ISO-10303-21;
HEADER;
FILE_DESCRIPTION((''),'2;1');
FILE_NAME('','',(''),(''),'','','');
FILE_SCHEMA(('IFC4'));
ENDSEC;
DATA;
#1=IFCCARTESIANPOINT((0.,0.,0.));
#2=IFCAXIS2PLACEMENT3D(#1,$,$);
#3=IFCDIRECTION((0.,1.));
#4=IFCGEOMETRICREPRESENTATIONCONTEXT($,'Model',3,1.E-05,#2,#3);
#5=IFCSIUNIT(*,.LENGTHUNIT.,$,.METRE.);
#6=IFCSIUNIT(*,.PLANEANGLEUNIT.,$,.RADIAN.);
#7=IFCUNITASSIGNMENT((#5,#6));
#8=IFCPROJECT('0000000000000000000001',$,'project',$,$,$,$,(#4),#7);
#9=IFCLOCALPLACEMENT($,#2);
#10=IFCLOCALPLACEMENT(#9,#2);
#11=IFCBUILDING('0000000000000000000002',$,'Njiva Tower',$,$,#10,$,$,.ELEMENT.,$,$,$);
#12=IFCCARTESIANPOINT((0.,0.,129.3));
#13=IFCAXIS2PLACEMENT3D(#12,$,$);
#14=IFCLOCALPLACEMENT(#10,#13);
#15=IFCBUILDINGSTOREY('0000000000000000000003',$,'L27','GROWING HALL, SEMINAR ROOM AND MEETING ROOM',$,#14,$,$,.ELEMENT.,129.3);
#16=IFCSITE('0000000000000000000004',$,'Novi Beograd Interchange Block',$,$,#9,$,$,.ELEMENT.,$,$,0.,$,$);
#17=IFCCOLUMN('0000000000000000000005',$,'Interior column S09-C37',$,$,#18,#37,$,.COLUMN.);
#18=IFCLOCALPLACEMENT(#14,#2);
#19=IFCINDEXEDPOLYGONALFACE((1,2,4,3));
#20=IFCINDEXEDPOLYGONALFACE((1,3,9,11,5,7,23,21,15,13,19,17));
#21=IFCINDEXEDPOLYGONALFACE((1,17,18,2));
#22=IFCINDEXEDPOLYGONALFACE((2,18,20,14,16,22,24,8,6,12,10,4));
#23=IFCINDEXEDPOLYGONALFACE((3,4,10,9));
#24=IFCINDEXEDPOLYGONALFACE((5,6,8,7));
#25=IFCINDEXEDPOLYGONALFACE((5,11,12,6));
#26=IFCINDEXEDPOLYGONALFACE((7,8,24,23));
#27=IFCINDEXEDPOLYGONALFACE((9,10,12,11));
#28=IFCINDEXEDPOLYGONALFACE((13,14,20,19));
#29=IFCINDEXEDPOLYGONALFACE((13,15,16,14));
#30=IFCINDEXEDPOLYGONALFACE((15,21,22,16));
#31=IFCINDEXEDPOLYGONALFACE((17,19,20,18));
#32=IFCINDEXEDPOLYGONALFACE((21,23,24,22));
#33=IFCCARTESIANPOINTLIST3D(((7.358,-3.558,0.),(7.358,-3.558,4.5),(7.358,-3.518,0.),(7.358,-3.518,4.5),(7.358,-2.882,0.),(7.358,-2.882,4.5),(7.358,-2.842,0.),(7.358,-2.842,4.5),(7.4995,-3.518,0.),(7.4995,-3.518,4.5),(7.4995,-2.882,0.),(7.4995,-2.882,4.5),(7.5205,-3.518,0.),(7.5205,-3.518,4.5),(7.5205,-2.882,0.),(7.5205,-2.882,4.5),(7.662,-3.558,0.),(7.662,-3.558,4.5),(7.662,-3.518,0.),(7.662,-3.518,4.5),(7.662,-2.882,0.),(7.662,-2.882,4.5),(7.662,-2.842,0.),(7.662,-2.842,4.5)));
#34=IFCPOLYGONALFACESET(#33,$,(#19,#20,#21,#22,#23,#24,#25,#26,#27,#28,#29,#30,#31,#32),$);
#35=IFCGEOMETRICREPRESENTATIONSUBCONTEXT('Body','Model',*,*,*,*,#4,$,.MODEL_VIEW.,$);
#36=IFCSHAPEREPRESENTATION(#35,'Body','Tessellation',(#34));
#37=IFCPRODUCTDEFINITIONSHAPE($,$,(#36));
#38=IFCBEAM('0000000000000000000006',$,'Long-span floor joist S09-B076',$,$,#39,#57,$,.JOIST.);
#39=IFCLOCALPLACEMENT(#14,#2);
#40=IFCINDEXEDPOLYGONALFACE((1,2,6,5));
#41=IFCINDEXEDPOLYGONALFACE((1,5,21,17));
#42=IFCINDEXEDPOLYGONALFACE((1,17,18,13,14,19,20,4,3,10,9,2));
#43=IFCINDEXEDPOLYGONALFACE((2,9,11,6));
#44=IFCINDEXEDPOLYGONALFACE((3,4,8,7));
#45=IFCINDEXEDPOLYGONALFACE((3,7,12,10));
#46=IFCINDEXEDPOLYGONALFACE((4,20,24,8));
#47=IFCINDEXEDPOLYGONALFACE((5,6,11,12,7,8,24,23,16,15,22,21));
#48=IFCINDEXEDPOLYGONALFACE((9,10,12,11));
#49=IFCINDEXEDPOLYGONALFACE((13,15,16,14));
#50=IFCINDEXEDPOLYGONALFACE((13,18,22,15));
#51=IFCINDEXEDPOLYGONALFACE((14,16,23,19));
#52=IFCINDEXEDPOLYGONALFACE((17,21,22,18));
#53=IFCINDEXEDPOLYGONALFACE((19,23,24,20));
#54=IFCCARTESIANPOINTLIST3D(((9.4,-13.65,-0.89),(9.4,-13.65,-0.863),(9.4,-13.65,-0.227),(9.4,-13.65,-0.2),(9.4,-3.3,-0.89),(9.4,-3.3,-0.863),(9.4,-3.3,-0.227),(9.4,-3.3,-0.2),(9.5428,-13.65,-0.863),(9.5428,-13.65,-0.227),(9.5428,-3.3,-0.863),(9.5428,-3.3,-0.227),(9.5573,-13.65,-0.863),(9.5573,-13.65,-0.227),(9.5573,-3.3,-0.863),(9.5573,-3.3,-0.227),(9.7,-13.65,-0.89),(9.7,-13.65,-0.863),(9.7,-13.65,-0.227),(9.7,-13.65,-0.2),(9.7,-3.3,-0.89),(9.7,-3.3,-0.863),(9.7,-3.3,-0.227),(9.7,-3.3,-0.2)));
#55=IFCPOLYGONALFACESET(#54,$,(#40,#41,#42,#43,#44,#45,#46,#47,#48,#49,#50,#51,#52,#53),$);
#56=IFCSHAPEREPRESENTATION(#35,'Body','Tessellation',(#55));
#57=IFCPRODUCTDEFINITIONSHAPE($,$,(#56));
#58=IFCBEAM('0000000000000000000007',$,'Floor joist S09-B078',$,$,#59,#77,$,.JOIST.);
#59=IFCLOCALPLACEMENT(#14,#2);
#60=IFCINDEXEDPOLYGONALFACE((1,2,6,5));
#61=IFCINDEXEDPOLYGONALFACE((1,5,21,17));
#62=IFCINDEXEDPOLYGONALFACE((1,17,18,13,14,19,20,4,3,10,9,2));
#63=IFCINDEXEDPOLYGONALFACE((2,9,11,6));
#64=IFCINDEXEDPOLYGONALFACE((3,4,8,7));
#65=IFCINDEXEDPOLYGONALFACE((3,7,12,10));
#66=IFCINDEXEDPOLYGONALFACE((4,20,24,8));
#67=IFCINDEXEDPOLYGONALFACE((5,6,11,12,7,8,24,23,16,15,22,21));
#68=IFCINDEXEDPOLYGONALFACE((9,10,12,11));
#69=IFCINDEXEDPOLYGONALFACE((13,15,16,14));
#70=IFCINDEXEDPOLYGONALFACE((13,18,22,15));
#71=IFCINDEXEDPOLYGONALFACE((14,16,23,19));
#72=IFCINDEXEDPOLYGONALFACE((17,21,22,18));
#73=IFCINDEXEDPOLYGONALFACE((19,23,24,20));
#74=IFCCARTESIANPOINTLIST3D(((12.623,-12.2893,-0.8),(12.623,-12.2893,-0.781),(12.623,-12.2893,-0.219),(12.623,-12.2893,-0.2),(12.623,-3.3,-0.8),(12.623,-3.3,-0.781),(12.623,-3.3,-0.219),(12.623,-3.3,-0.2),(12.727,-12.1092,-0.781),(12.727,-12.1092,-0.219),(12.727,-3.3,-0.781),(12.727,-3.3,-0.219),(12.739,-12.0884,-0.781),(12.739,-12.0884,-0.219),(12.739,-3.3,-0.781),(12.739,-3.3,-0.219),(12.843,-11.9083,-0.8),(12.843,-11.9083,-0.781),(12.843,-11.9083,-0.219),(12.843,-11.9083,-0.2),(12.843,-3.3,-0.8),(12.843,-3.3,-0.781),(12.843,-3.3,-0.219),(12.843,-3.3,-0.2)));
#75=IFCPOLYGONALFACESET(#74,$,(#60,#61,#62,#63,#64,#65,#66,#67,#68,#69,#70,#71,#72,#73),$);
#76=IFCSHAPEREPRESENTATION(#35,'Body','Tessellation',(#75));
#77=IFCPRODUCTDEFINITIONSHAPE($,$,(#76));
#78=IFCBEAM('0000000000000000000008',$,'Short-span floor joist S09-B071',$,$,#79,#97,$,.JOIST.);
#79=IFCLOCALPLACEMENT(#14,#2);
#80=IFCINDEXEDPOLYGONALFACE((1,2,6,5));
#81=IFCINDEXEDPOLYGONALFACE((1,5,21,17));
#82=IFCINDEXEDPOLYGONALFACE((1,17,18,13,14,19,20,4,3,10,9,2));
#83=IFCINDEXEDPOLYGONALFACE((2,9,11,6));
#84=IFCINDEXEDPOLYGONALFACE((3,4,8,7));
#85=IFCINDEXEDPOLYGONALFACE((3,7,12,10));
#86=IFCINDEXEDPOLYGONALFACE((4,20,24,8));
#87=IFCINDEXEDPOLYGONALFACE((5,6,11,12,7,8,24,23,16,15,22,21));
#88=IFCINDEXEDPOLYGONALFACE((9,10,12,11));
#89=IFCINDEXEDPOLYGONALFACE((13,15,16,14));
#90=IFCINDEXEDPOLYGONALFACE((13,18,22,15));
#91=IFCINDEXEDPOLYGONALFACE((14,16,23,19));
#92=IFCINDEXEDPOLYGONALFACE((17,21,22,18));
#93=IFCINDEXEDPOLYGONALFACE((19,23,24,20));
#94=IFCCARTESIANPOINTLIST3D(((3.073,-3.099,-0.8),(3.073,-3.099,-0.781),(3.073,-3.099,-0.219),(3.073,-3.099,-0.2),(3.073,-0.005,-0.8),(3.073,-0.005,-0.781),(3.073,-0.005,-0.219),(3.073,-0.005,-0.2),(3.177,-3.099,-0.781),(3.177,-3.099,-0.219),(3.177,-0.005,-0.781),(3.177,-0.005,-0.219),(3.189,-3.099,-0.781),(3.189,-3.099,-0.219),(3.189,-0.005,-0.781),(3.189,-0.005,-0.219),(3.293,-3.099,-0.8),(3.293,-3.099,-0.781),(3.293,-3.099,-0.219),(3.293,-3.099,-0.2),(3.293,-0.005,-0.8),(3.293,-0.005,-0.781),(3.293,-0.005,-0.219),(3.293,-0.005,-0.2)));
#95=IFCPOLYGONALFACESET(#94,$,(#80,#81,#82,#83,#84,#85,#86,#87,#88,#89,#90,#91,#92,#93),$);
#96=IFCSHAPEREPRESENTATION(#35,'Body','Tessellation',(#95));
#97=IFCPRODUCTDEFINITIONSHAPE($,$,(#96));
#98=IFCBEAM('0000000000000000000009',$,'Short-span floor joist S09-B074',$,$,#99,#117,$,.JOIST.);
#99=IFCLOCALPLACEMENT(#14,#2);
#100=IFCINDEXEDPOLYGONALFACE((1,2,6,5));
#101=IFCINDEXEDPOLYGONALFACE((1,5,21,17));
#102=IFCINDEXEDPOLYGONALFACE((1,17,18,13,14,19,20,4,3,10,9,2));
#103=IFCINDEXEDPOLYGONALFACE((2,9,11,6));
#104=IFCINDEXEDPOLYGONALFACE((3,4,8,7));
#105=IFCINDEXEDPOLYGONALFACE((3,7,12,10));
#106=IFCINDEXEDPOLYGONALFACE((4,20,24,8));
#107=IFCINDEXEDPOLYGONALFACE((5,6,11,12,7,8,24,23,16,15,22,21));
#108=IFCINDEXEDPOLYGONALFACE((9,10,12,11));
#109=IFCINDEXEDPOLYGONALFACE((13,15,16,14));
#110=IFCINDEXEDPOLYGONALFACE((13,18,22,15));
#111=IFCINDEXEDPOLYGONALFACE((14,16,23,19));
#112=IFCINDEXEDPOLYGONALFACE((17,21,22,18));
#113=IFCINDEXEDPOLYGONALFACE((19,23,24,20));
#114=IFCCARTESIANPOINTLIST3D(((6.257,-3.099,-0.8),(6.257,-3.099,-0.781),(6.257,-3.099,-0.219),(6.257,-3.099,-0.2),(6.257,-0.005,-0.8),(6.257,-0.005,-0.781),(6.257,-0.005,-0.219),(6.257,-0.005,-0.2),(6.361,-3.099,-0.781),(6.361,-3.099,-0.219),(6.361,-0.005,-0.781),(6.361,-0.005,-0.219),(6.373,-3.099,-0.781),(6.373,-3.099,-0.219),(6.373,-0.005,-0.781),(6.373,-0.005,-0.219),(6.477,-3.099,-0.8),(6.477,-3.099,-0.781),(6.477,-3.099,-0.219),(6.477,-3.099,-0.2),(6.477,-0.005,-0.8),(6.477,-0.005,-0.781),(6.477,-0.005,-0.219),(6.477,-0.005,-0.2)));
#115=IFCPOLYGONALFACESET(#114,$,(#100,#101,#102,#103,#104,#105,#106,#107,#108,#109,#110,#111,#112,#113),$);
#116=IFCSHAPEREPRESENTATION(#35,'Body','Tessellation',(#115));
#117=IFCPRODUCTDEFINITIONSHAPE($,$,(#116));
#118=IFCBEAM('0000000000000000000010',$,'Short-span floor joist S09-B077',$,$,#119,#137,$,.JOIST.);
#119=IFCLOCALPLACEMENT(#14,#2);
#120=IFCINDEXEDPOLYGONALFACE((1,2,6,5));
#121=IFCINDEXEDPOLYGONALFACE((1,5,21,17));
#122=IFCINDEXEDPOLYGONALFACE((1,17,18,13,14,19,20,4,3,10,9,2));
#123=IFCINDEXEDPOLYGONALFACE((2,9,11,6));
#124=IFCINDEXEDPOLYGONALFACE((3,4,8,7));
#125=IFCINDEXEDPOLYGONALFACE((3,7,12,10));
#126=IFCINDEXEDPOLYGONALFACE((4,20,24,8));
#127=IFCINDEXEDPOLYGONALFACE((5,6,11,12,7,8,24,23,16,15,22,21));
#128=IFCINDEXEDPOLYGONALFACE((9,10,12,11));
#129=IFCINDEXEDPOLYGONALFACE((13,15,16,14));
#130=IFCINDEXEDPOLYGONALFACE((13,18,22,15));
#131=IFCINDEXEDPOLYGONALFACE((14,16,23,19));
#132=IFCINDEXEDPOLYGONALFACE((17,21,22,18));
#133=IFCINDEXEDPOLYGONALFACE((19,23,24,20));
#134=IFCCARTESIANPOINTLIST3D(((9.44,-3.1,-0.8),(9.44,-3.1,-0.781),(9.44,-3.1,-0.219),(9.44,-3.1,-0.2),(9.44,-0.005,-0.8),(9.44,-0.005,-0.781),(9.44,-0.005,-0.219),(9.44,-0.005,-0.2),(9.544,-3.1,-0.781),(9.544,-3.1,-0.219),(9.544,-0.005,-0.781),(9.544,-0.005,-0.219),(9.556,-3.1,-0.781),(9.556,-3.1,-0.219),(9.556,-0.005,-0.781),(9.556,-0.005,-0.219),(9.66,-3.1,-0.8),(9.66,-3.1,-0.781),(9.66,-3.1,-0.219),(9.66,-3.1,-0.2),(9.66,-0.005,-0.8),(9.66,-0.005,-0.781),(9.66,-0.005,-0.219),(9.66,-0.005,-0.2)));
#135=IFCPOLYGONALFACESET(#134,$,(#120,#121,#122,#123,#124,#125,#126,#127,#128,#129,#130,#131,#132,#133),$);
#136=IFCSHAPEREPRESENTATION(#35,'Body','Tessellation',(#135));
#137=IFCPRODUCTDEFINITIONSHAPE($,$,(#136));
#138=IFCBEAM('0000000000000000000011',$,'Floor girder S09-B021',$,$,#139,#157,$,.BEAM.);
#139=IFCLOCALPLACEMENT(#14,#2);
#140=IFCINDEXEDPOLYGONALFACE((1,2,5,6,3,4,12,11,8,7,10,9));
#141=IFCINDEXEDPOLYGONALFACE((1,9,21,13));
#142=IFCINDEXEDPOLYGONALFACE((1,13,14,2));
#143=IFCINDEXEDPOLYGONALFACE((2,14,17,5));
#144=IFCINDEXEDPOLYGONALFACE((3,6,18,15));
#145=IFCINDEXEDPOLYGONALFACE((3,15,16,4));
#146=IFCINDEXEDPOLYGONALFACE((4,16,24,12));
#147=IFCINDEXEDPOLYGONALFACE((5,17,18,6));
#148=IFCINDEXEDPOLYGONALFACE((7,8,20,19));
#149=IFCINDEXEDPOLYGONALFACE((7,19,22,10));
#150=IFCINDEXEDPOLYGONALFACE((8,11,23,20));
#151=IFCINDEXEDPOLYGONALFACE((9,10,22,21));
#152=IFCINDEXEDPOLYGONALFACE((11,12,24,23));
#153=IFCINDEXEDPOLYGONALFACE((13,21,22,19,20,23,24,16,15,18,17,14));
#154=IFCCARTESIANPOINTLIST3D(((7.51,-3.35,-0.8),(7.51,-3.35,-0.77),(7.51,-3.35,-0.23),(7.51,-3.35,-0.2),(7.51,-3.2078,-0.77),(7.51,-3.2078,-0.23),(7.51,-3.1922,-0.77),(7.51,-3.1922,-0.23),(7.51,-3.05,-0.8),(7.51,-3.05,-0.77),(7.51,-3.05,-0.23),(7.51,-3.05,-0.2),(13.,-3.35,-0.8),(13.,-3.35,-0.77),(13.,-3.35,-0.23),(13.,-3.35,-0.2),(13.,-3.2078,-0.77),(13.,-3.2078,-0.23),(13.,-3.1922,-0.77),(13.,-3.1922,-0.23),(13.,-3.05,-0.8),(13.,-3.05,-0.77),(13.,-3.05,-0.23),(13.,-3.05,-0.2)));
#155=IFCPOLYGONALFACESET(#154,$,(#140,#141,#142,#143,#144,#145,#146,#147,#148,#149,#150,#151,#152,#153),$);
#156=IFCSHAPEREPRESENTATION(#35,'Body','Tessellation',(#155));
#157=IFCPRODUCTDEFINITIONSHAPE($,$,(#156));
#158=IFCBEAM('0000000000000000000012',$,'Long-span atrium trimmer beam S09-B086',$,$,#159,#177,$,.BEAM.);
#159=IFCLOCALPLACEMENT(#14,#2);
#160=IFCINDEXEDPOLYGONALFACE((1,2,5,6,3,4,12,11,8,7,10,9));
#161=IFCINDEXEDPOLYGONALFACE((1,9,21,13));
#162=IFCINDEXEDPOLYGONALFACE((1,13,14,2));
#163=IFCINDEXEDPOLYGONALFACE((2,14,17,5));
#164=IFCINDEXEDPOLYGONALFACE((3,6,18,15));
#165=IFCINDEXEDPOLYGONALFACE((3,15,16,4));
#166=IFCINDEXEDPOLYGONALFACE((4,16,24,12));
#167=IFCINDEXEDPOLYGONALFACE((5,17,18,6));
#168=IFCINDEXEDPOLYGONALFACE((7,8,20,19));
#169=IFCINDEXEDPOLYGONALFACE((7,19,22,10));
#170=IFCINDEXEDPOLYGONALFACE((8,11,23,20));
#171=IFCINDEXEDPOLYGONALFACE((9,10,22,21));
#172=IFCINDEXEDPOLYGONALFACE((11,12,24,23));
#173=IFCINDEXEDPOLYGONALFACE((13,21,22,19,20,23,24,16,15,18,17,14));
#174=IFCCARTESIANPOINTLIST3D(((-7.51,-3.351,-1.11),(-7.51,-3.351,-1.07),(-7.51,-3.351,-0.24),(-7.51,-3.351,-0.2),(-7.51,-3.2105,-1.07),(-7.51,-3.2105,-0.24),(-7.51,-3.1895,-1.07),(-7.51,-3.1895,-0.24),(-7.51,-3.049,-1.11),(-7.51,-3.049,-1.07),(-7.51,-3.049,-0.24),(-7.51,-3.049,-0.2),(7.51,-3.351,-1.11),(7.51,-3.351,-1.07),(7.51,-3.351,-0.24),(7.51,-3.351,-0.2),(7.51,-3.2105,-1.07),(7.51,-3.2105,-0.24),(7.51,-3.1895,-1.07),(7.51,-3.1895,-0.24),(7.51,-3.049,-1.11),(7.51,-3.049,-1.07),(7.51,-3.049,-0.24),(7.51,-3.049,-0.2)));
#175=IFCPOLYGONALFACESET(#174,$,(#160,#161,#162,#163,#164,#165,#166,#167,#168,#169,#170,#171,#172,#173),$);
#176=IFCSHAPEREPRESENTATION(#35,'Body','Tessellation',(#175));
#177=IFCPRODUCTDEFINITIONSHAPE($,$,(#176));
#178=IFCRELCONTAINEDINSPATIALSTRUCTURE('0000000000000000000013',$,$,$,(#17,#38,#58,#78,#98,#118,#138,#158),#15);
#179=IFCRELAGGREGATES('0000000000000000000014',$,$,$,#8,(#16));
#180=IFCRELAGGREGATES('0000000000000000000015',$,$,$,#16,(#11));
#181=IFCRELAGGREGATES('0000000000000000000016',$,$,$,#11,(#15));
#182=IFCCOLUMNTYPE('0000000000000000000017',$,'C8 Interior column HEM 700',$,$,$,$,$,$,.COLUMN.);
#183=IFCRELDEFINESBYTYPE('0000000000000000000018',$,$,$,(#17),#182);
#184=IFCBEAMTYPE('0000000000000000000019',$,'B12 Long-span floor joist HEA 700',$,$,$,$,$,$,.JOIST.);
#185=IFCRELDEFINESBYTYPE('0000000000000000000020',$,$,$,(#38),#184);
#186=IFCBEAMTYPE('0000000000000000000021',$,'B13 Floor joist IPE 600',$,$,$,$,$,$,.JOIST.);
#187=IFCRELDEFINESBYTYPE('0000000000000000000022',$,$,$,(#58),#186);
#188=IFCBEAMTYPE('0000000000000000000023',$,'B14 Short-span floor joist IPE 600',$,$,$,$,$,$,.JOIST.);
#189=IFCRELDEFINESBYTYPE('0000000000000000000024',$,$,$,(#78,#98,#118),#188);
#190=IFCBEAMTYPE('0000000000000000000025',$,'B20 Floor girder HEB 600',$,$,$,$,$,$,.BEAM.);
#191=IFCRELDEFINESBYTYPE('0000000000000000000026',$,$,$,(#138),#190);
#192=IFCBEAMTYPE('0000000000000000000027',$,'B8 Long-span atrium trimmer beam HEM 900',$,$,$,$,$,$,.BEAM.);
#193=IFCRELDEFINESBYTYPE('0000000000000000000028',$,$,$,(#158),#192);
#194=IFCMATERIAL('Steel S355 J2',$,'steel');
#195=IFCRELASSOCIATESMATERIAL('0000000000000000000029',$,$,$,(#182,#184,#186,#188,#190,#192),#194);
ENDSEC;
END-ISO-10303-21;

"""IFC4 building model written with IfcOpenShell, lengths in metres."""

from ifc_helpers import new_model, si_unit, direction, frame, origin, origin_2d, place, context, subcontext, project, spatial, i_section, extrude, clip, halfspace, material, material_profile, profile_set, type_object, element, save


model = new_model("IFC4")

# Units and contexts
model_context = context("Model", 3, precision=1e-05, world=origin(), true_north=direction((0.0, 1.0)))
body_context = subcontext(model_context, "Body", "Model", "MODEL_VIEW")
ifc_project = project(units=[si_unit("LENGTHUNIT", "METRE"), si_unit("PLANEANGLEUNIT", "RADIAN")], contexts=[model_context])

# Site, building, storey
site_placement = place(None, origin())
site = spatial("IfcSite", under=ifc_project, at=site_placement, Name="Novi Beograd Interchange Block", CompositionType="ELEMENT", RefElevation=0.0)
building_placement = place(site_placement, origin())
building = spatial("IfcBuilding", under=site, at=building_placement, Name="Njiva Tower", CompositionType="ELEMENT")
storey_placement = place(building_placement, frame((0.0, 0.0, 129.3)))
storey = spatial("IfcBuildingStorey", under=building, at=storey_placement, Name="L27", Description="GROWING HALL, SEMINAR ROOM AND MEETING ROOM", CompositionType="ELEMENT", Elevation=129.3)

# Column
ifc_material_1 = material(Name="Steel S355 J2", Category="steel")
ifc_material_profile_1 = material_profile(ifc_material_1, i_section(OverallWidth=0.304, OverallDepth=0.716, WebThickness=0.021, FlangeThickness=0.04, at=origin_2d()), Name="HEM 700")
ifc_profile_set_1 = profile_set([ifc_material_profile_1], Name="Steel S355 J2")
column_type = type_object("IfcColumnType", Name="C8 Interior column HEM 700", PredefinedType="COLUMN", material=ifc_profile_set_1)
column_placement = place(storey_placement, frame((7.51, -3.2, 0.0), z_axis=(0.0, 0.0, 1.0), x_axis=(1.0, 0.0, 0.0)))
element("IfcColumn", 1, at=column_placement, inside=storey, type_object=column_type, Name="Interior column S09-C37", PredefinedType="COLUMN", context=body_context, shape_type="SweptSolid", body=[
    extrude(i_section(OverallWidth=0.304, OverallDepth=0.716, WebThickness=0.021, FlangeThickness=0.04, at=origin_2d()), origin(), (0.0, 0.0, 1.0), 4.5),
])

# Beams
ifc_material_profile_2 = material_profile(ifc_material_1, i_section(OverallWidth=0.3, OverallDepth=0.69, WebThickness=0.0145, FlangeThickness=0.027, at=origin_2d()), Name="HEA 700")
ifc_profile_set_2 = profile_set([ifc_material_profile_2], Name="Steel S355 J2")
beam_type_1 = type_object("IfcBeamType", Name="B12 Long-span floor joist HEA 700", PredefinedType="JOIST", material=ifc_profile_set_2)
beam_1_placement = place(storey_placement, frame((9.55, -3.3, -0.545), z_axis=(0.0, -1.0, 0.0), x_axis=(1.0, 0.0, 0.0)))
element("IfcBeam", 2, at=beam_1_placement, inside=storey, type_object=beam_type_1, Name="Long-span floor joist S09-B076", PredefinedType="JOIST", context=body_context, shape_type="SweptSolid", body=[
    extrude(i_section(OverallWidth=0.3, OverallDepth=0.69, WebThickness=0.0145, FlangeThickness=0.027, at=origin_2d()), origin(), (0.0, 0.0, 1.0), 10.35),
])
ifc_material_profile_3 = material_profile(ifc_material_1, i_section(OverallWidth=0.22, OverallDepth=0.6, WebThickness=0.012, FlangeThickness=0.019, at=origin_2d()), Name="IPE 600")
ifc_profile_set_3 = profile_set([ifc_material_profile_3], Name="Steel S355 J2")
beam_type_2 = type_object("IfcBeamType", Name="B13 Floor joist IPE 600", PredefinedType="JOIST", material=ifc_profile_set_3)
beam_2_placement = place(storey_placement, frame((12.733, -3.3, -0.5), z_axis=(0.0, -1.0, 0.0), x_axis=(1.0, 0.0, 0.0)))
element("IfcBeam", 3, at=beam_2_placement, inside=storey, type_object=beam_type_2, Name="Floor joist S09-B078", PredefinedType="JOIST", context=body_context, shape_type="Clipping", body=[
    clip(extrude(i_section(OverallWidth=0.22, OverallDepth=0.6, WebThickness=0.012, FlangeThickness=0.019, at=origin_2d()), origin(), (0.0, 0.0, 1.0), 9.009), halfspace(frame((0.0436, 0.0, 8.7233), z_axis=(0.866027, 0.0, 0.499998), x_axis=(0.0, 1.0, 0.0)), False)),
])
ifc_material_profile_4 = material_profile(ifc_material_1, i_section(OverallWidth=0.22, OverallDepth=0.6, WebThickness=0.012, FlangeThickness=0.019, at=origin_2d()), Name="IPE 600")
ifc_profile_set_4 = profile_set([ifc_material_profile_4], Name="Steel S355 J2")
beam_type_3 = type_object("IfcBeamType", Name="B14 Short-span floor joist IPE 600", PredefinedType="JOIST", material=ifc_profile_set_4)
for number, where, z_axis, x_axis, name in (
    (4, (3.183, -0.005, -0.5), (0.0, -1.0, 0.0), (1.0, 0.0, 0.0), "Short-span floor joist S09-B071"),
    (5, (6.367, -0.005, -0.5), (0.0, -1.0, 0.0), (1.0, 0.0, 0.0), "Short-span floor joist S09-B074"),
):
    element("IfcBeam", number, at=place(storey_placement, frame(where, z_axis=z_axis, x_axis=x_axis)), inside=storey, type_object=beam_type_3, Name=name, PredefinedType="JOIST", context=body_context, shape_type="SweptSolid", body=[
        extrude(i_section(OverallWidth=0.22, OverallDepth=0.6, WebThickness=0.012, FlangeThickness=0.019, at=origin_2d()), origin(), (0.0, 0.0, 1.0), 3.094),
    ])
beam_3_placement = place(storey_placement, frame((9.55, -0.005, -0.5), z_axis=(0.0, -1.0, 0.0), x_axis=(1.0, 0.0, 0.0)))
element("IfcBeam", 6, at=beam_3_placement, inside=storey, type_object=beam_type_3, Name="Short-span floor joist S09-B077", PredefinedType="JOIST", context=body_context, shape_type="SweptSolid", body=[
    extrude(i_section(OverallWidth=0.22, OverallDepth=0.6, WebThickness=0.012, FlangeThickness=0.019, at=origin_2d()), origin(), (0.0, 0.0, 1.0), 3.095),
])
ifc_material_profile_5 = material_profile(ifc_material_1, i_section(OverallWidth=0.3, OverallDepth=0.6, WebThickness=0.0155, FlangeThickness=0.03, at=origin_2d()), Name="HEB 600")
ifc_profile_set_5 = profile_set([ifc_material_profile_5], Name="Steel S355 J2")
beam_type_4 = type_object("IfcBeamType", Name="B20 Floor girder HEB 600", PredefinedType="BEAM", material=ifc_profile_set_5)
beam_4_placement = place(storey_placement, frame((7.51, -3.2, -0.5), z_axis=(1.0, 0.0, 0.0), x_axis=(0.0, 1.0, 0.0)))
element("IfcBeam", 7, at=beam_4_placement, inside=storey, type_object=beam_type_4, Name="Floor girder S09-B021", PredefinedType="BEAM", context=body_context, shape_type="SweptSolid", body=[
    extrude(i_section(OverallWidth=0.3, OverallDepth=0.6, WebThickness=0.0155, FlangeThickness=0.03, at=origin_2d()), origin(), (0.0, 0.0, 1.0), 5.49),
])
ifc_material_profile_6 = material_profile(ifc_material_1, i_section(OverallWidth=0.302, OverallDepth=0.91, WebThickness=0.021, FlangeThickness=0.04, at=origin_2d()), Name="HEM 900")
ifc_profile_set_6 = profile_set([ifc_material_profile_6], Name="Steel S355 J2")
beam_type_5 = type_object("IfcBeamType", Name="B8 Long-span atrium trimmer beam HEM 900", PredefinedType="BEAM", material=ifc_profile_set_6)
beam_5_placement = place(storey_placement, frame((7.51, -3.2, -0.655), z_axis=(-1.0, 0.0, 0.0), x_axis=(0.0, -1.0, 0.0)))
element("IfcBeam", 8, at=beam_5_placement, inside=storey, type_object=beam_type_5, Name="Long-span atrium trimmer beam S09-B086", PredefinedType="BEAM", context=body_context, shape_type="SweptSolid", body=[
    extrude(i_section(OverallWidth=0.302, OverallDepth=0.91, WebThickness=0.021, FlangeThickness=0.04, at=origin_2d()), origin(), (0.0, 0.0, 1.0), 15.02),
])

save(model, "model.ifc")
